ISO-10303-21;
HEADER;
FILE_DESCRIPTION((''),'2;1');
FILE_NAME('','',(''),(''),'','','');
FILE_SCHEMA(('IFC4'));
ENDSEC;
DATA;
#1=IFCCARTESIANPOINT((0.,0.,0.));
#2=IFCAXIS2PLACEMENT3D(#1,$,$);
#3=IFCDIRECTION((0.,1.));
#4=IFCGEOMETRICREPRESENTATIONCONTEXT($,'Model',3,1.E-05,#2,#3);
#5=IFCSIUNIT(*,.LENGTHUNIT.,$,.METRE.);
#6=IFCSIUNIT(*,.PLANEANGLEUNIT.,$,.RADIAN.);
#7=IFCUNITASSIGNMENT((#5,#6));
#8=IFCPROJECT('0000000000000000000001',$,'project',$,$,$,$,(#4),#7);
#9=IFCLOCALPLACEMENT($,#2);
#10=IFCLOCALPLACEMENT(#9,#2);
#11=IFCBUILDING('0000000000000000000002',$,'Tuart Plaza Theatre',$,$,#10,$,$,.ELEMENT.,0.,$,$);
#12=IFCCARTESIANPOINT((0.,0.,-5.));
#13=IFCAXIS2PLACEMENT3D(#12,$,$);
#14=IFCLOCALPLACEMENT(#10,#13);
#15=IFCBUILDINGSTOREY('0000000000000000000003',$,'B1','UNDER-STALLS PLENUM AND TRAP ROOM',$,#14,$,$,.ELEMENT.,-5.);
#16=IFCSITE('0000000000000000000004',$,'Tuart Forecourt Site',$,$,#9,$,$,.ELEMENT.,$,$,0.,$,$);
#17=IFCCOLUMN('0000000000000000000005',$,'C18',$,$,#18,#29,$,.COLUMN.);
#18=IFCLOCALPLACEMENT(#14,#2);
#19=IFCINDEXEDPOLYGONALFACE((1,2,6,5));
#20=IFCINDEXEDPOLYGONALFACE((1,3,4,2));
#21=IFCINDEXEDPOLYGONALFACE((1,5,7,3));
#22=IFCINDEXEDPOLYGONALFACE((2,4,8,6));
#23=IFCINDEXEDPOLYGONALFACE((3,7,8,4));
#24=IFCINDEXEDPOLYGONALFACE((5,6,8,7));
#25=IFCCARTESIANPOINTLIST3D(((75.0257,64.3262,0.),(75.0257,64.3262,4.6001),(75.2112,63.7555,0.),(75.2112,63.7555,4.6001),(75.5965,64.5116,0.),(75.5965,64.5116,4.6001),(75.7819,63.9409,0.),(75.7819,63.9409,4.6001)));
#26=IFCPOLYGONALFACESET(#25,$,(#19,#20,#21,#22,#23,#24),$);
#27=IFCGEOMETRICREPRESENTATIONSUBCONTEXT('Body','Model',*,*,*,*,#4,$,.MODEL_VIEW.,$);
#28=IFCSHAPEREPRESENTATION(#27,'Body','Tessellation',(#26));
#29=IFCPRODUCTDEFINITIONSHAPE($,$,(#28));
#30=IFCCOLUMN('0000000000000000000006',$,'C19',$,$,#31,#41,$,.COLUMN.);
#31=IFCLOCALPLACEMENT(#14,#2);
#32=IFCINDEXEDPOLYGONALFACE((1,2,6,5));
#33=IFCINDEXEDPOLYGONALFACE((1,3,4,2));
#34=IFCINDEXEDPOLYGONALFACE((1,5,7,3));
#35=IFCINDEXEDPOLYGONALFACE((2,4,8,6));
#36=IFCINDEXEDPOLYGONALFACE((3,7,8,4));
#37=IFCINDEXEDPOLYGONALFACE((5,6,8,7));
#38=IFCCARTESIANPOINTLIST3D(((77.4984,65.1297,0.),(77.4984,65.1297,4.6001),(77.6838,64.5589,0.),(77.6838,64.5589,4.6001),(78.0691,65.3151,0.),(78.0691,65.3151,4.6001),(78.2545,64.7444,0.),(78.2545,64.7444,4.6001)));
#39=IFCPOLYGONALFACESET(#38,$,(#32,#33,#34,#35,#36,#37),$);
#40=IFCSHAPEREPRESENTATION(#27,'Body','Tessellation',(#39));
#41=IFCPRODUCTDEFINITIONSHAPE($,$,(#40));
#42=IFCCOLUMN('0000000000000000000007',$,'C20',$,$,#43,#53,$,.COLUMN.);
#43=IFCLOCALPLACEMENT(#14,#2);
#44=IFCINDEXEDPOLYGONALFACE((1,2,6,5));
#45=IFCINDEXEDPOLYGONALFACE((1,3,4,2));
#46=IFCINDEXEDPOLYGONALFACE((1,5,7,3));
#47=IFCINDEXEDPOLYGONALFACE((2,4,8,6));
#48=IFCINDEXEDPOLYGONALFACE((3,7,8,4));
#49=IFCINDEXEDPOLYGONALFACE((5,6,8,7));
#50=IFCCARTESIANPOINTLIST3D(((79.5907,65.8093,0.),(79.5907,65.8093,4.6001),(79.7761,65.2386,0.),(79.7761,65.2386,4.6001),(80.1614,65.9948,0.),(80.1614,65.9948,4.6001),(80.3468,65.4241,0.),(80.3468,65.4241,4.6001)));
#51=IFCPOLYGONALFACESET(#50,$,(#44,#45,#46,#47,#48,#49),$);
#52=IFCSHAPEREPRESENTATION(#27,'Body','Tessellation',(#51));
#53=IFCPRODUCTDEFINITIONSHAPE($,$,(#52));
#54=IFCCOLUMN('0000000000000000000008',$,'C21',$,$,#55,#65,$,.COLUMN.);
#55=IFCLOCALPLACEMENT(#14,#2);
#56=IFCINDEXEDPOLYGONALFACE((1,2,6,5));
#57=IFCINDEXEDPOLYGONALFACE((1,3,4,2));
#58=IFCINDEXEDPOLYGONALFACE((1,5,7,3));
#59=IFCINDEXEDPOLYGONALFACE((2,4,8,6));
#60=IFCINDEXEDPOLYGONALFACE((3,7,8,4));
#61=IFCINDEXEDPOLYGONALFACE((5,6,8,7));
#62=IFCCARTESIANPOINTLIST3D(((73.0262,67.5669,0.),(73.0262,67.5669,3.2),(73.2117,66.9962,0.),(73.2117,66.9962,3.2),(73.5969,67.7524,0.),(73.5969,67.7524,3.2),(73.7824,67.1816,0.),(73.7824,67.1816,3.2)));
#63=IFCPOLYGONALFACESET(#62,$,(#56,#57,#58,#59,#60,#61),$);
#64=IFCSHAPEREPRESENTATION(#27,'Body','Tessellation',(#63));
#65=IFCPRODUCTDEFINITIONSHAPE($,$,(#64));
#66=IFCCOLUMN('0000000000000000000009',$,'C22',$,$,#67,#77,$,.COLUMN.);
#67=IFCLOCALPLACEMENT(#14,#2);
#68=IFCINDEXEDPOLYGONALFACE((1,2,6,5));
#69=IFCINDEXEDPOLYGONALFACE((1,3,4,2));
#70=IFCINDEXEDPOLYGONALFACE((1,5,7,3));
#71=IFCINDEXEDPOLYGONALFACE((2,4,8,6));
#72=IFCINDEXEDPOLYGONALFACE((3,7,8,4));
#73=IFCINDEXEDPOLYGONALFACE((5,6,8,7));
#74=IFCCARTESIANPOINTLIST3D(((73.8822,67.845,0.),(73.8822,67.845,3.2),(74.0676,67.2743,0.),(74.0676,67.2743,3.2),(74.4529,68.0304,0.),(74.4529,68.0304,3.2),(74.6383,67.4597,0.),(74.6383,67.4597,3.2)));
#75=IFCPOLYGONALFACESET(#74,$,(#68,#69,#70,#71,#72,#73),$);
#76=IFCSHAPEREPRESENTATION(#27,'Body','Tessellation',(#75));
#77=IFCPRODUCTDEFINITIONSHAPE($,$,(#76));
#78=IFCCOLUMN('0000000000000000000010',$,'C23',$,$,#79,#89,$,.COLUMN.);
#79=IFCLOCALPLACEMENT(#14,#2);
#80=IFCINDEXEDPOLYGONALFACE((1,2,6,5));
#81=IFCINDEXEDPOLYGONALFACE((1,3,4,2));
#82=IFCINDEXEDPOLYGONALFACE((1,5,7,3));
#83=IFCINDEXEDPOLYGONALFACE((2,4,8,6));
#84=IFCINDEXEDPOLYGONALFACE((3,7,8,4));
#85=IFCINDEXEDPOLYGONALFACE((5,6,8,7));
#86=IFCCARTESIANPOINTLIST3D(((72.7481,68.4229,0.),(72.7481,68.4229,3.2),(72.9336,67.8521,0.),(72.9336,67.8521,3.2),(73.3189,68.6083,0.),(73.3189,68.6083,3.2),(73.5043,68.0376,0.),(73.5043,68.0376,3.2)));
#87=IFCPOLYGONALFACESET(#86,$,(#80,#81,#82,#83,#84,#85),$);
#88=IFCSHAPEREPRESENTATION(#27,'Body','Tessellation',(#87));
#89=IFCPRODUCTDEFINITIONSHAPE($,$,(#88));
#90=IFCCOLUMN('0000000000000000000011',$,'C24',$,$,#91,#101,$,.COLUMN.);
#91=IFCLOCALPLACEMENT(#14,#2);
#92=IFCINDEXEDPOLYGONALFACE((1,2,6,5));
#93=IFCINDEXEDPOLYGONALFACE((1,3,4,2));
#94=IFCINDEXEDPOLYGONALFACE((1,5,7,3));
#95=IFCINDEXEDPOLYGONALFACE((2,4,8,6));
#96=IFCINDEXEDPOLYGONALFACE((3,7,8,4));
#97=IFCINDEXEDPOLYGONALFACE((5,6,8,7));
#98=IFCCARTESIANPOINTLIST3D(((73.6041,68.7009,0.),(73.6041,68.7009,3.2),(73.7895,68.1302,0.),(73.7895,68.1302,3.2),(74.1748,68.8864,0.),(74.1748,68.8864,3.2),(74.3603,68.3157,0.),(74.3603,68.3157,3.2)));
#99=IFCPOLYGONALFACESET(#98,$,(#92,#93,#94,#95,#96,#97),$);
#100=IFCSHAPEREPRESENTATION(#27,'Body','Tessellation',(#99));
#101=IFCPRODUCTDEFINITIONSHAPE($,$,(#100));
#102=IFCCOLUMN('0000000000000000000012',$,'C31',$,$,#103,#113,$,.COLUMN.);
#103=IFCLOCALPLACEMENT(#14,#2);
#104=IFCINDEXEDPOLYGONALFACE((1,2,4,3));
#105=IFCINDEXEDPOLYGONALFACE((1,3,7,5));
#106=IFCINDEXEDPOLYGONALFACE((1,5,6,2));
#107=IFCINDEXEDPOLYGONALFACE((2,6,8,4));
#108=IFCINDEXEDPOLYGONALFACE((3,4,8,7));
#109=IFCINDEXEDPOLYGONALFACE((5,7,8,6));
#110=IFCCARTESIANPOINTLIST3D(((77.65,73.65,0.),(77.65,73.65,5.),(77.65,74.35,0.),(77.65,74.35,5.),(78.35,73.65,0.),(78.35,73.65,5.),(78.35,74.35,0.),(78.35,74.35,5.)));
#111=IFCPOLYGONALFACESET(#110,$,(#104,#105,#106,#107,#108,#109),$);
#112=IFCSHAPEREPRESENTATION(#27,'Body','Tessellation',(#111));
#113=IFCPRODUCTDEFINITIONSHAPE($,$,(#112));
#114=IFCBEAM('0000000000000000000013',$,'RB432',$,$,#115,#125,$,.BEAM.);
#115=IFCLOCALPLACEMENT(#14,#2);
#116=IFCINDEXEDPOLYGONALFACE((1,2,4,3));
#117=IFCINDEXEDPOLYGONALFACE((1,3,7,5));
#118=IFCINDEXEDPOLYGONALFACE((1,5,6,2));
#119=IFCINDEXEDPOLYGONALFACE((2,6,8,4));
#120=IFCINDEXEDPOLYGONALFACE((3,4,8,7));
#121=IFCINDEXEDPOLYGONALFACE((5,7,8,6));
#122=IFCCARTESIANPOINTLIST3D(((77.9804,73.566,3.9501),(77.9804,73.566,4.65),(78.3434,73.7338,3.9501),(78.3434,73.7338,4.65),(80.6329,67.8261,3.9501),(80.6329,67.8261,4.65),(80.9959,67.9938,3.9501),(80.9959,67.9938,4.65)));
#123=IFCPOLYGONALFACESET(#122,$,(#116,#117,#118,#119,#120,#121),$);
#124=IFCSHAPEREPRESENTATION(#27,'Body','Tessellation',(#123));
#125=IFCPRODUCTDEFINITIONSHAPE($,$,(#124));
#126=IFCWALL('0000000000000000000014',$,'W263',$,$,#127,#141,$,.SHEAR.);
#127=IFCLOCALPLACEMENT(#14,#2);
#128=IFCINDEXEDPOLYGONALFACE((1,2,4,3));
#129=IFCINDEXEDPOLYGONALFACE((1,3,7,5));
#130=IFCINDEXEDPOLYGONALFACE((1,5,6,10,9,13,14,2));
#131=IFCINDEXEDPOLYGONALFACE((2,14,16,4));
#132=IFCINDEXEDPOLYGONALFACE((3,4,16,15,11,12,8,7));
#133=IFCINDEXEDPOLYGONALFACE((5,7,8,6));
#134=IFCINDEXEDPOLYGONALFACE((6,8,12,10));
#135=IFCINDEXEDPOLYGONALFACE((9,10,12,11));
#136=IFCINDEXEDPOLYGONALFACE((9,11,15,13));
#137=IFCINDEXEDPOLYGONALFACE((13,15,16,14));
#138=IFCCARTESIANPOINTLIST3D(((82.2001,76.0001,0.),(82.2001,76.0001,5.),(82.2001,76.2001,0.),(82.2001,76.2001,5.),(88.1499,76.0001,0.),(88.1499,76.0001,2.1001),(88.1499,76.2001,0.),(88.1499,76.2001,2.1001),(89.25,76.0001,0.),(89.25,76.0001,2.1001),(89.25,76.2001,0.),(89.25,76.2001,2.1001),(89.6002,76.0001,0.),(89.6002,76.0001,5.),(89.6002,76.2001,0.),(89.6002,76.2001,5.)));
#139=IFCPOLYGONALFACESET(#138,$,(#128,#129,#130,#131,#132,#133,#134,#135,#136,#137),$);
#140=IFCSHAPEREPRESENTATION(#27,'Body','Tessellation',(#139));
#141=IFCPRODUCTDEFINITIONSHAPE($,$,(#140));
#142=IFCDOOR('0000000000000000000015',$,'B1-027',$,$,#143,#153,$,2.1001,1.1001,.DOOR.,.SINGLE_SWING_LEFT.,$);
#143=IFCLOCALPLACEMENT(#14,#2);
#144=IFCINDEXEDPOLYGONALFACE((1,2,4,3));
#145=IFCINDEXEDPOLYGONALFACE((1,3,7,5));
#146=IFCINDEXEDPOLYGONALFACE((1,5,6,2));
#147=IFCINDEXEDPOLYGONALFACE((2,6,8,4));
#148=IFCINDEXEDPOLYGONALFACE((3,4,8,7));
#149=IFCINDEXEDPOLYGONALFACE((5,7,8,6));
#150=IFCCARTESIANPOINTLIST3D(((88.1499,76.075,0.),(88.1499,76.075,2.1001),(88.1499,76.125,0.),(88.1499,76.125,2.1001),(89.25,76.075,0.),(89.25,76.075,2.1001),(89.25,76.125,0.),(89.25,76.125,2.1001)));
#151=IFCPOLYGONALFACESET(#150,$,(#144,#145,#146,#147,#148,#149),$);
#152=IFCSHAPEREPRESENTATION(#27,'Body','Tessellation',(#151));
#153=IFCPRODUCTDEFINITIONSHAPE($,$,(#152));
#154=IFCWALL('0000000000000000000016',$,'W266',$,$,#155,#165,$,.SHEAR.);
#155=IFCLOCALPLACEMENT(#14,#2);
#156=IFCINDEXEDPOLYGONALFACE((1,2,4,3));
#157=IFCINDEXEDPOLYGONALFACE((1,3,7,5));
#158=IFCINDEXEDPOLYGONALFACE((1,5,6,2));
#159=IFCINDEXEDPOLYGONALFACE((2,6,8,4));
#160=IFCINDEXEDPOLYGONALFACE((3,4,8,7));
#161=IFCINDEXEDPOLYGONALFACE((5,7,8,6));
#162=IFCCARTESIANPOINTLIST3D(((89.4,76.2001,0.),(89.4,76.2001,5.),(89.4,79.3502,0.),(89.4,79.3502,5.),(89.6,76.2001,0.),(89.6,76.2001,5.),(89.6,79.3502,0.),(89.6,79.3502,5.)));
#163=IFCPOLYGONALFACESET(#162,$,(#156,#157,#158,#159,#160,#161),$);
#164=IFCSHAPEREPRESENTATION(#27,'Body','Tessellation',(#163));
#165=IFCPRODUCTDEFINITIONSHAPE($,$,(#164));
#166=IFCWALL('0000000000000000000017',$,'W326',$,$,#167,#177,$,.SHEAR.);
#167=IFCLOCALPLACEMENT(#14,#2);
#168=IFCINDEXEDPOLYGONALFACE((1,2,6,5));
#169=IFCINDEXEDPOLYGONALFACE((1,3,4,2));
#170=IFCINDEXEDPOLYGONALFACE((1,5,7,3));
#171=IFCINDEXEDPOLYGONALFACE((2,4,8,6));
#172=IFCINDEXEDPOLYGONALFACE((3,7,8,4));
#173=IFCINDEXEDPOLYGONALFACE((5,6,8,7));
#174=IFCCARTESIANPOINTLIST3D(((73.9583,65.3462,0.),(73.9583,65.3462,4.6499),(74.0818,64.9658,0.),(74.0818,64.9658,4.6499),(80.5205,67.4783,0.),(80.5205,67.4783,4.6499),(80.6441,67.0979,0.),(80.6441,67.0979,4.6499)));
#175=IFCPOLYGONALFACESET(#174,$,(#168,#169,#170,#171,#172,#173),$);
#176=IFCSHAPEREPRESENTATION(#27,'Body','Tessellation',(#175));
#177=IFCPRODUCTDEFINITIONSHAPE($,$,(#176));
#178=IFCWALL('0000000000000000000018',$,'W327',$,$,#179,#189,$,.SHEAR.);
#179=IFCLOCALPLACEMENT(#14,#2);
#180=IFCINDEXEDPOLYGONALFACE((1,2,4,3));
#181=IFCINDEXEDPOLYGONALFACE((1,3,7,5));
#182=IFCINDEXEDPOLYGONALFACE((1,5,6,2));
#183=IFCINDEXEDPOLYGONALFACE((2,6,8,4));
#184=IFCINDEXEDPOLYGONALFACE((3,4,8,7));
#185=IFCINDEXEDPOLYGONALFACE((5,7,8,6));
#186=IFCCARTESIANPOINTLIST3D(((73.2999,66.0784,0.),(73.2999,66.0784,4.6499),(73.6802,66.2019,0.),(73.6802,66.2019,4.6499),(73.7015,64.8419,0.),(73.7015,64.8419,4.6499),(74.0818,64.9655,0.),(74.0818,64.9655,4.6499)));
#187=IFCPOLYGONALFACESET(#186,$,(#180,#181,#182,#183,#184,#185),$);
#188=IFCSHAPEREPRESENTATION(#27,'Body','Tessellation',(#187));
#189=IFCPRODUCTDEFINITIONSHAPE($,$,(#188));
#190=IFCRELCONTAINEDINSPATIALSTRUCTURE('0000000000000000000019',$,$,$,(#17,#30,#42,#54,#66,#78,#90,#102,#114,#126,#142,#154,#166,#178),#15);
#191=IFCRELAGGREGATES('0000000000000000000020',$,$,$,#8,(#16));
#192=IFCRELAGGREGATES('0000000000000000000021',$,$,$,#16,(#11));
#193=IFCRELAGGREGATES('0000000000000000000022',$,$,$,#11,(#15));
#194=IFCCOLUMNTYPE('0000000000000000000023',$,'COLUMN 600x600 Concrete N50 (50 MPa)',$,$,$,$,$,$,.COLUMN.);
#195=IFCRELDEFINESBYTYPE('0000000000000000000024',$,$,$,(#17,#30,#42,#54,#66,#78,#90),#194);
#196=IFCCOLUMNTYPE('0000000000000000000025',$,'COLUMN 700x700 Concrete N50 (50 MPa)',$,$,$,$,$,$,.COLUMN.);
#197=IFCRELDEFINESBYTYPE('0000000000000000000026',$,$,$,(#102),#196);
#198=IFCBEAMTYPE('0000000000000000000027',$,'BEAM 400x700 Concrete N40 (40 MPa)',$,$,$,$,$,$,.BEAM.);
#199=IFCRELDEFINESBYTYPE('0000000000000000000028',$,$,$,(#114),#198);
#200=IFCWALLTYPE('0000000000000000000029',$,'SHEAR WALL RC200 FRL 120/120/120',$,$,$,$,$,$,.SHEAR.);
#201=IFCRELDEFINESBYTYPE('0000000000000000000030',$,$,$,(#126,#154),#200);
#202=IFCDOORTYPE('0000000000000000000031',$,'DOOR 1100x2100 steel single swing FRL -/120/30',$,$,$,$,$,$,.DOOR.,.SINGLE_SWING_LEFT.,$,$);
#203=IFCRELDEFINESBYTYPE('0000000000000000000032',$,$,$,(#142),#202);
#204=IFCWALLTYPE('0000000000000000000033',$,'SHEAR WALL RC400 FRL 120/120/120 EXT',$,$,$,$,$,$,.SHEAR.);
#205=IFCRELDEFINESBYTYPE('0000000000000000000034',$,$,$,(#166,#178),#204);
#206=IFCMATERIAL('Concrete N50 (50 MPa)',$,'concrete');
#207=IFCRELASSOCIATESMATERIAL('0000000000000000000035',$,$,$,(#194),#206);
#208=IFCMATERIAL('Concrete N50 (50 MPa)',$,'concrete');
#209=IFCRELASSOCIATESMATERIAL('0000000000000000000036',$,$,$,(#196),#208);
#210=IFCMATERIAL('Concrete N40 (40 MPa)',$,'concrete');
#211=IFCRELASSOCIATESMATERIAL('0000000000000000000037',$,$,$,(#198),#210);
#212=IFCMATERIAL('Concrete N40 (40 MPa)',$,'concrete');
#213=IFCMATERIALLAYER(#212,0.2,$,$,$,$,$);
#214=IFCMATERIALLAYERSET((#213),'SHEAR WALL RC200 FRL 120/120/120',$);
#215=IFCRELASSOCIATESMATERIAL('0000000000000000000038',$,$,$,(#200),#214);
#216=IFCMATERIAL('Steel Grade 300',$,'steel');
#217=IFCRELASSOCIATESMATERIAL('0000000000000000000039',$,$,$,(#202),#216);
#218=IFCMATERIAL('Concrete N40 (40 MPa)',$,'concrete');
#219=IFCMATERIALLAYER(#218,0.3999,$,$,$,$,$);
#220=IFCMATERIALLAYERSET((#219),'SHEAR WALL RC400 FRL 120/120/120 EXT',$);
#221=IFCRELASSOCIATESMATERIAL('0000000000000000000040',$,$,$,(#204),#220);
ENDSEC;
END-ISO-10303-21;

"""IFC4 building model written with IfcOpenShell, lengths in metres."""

from ifc_helpers import new_model, si_unit, direction, frame, frame_2d, origin, origin_2d, place, context, subcontext, project, spatial, rectangle, extrude, material, layer, layer_set, material_profile, profile_set, type_object, element, fill, save


model = new_model("IFC4")

# Units and contexts
model_context = context("Model", 3, precision=1e-05, world=origin(), true_north=direction((0.0, 1.0)))
body_context = subcontext(model_context, "Body", "Model", "MODEL_VIEW")
ifc_project = project(units=[si_unit("LENGTHUNIT", "METRE"), si_unit("PLANEANGLEUNIT", "RADIAN")], contexts=[model_context])

# Site, building, storey
site_placement = place(None, origin())
site = spatial("IfcSite", under=ifc_project, at=site_placement, Name="Tuart Forecourt Site", CompositionType="ELEMENT", RefElevation=0.0)
building_placement = place(site_placement, origin())
building = spatial("IfcBuilding", under=site, at=building_placement, Name="Tuart Plaza Theatre", CompositionType="ELEMENT", ElevationOfRefHeight=0.0)
storey_placement = place(building_placement, frame((0.0, 0.0, -5.0)))
storey = spatial("IfcBuildingStorey", under=building, at=storey_placement, Name="B1", Description="UNDER-STALLS PLENUM AND TRAP ROOM", CompositionType="ELEMENT", Elevation=-5.0)

# Columns
ifc_material_1 = material(Name="Concrete N50 (50 MPa)", Category="concrete")
ifc_material_profile_1 = material_profile(ifc_material_1, rectangle(XDim=0.6001, YDim=0.6001, at=origin_2d()), Name="COLUMN 600x600 Concrete N50 (50 MPa)")
ifc_profile_set_1 = profile_set([ifc_material_profile_1], Name="Concrete N50 (50 MPa)")
column_type_1 = type_object("IfcColumnType", Name="COLUMN 600x600 Concrete N50 (50 MPa)", PredefinedType="COLUMN", material=ifc_profile_set_1)
for number, where, z_axis, x_axis, name in (
    (1, (75.4038, 64.1335, 0.0), (0.0, 0.0, 1.0), (0.951057, 0.309017, 0.0), "C18"),
    (2, (77.8765, 64.937, 0.0), (0.0, 0.0, 1.0), (0.951057, 0.309017, 0.0), "C19"),
    (3, (79.9688, 65.6167, 0.0), (0.0, 0.0, 1.0), (0.951057, 0.309017, 0.0), "C20"),
):
    element("IfcColumn", number, at=place(storey_placement, frame(where, z_axis=z_axis, x_axis=x_axis)), inside=storey, type_object=column_type_1, Name=name, PredefinedType="COLUMN", context=body_context, shape_type="SweptSolid", body=[
        extrude(rectangle(XDim=0.6001, YDim=0.6001, at=origin_2d()), origin(), (0.0, 0.0, 1.0), 4.6001),
    ])
for number, where, z_axis, x_axis, name in (
    (4, (73.4043, 67.3743, 0.0), (0.0, 0.0, 1.0), (0.951057, 0.309017, 0.0), "C21"),
    (5, (74.2603, 67.6523, 0.0), (0.0, 0.0, 1.0), (0.951057, 0.309017, 0.0), "C22"),
    (6, (73.1262, 68.2302, 0.0), (0.0, 0.0, 1.0), (0.951057, 0.309017, 0.0), "C23"),
    (7, (73.9822, 68.5083, 0.0), (0.0, 0.0, 1.0), (0.951057, 0.309017, 0.0), "C24"),
):
    element("IfcColumn", number, at=place(storey_placement, frame(where, z_axis=z_axis, x_axis=x_axis)), inside=storey, type_object=column_type_1, Name=name, PredefinedType="COLUMN", context=body_context, shape_type="SweptSolid", body=[
        extrude(rectangle(XDim=0.6001, YDim=0.6001, at=origin_2d()), origin(), (0.0, 0.0, 1.0), 3.2),
    ])
ifc_material_2 = material(Name="Concrete N50 (50 MPa)", Category="concrete")
ifc_material_profile_2 = material_profile(ifc_material_2, rectangle(XDim=0.7, YDim=0.7, at=origin_2d()), Name="COLUMN 700x700 Concrete N50 (50 MPa)")
ifc_profile_set_2 = profile_set([ifc_material_profile_2], Name="Concrete N50 (50 MPa)")
column_type_2 = type_object("IfcColumnType", Name="COLUMN 700x700 Concrete N50 (50 MPa)", PredefinedType="COLUMN", material=ifc_profile_set_2)
column_1_placement = place(storey_placement, frame((78.0, 74.0, 0.0), z_axis=(0.0, 0.0, 1.0), x_axis=(1.0, 0.0, 0.0)))
element("IfcColumn", 8, at=column_1_placement, inside=storey, type_object=column_type_2, Name="C31", PredefinedType="COLUMN", context=body_context, shape_type="SweptSolid", body=[
    extrude(rectangle(XDim=0.7, YDim=0.7, at=origin_2d()), origin(), (0.0, 0.0, 1.0), 5.0),
])

# Beam
ifc_material_3 = material(Name="Concrete N40 (40 MPa)", Category="concrete")
ifc_material_profile_3 = material_profile(ifc_material_3, rectangle(XDim=0.3999, YDim=0.7, at=origin_2d()), Name="BEAM 400x700 Concrete N40 (40 MPa)")
ifc_profile_set_3 = profile_set([ifc_material_profile_3], Name="Concrete N40 (40 MPa)")
beam_type = type_object("IfcBeamType", Name="BEAM 400x700 Concrete N40 (40 MPa)", PredefinedType="BEAM", material=ifc_profile_set_3)
beam_placement = place(storey_placement, frame((78.1619, 73.6499, 4.3), z_axis=(0.419496, -0.907757, 0.0), x_axis=(0.907757, 0.419496, 0.0)))
element("IfcBeam", 9, at=beam_placement, inside=storey, type_object=beam_type, Name="RB432", PredefinedType="BEAM", context=body_context, shape_type="SweptSolid", body=[
    extrude(rectangle(XDim=0.3999, YDim=0.7, at=origin_2d()), origin(), (0.0, 0.0, 1.0), 6.3232),
])

# Wall, opening, door
ifc_material_4 = material(Name="Concrete N40 (40 MPa)", Category="concrete")
ifc_layer_1 = layer(ifc_material_4, 0.2)
ifc_layer_set_1 = layer_set([ifc_layer_1], Name="SHEAR WALL RC200 FRL 120/120/120")
wall_type_1 = type_object("IfcWallType", Name="SHEAR WALL RC200 FRL 120/120/120", PredefinedType="SHEAR", material=ifc_layer_set_1)
wall_1_placement = place(storey_placement, frame((82.2, 76.1001, 0.0), z_axis=(0.0, 0.0, 1.0), x_axis=(1.0, 0.0, 0.0)))
wall_1 = element("IfcWall", 10, at=wall_1_placement, inside=storey, type_object=wall_type_1, Name="W263", PredefinedType="SHEAR", context=body_context, shape_type="SweptSolid", body=[
    extrude(rectangle(XDim=7.4001, YDim=0.2, at=frame_2d((3.7002, 0.0))), origin(), (0.0, 0.0, 1.0), 5.0),
])
opening_placement = place(wall_1_placement, frame((5.95, 0.0, 0.0)))
opening = element("IfcOpeningElement", 11, at=opening_placement, cuts=wall_1, PredefinedType="OPENING", context=body_context, shape_type="SweptSolid", body=[
    extrude(rectangle(XDim=1.1001, YDim=2.1001, at=frame_2d((0.55, 1.05))), frame((0.0, 0.1099, 0.0), z_axis=(0.0, -1.0, 0.0), x_axis=(1.0, 0.0, 0.0)), (0.0, 0.0, 1.0), 0.22),
])
ifc_material_5 = material(Name="Steel Grade 300", Category="steel")
door_type = type_object("IfcDoorType", Name="DOOR 1100x2100 steel single swing FRL -/120/30", OperationType="SINGLE_SWING_LEFT", PredefinedType="DOOR", material=ifc_material_5)
door_placement = place(opening_placement, origin())
door = element("IfcDoor", 12, at=door_placement, inside=storey, type_object=door_type, Name="B1-027", OperationType="SINGLE_SWING_LEFT", OverallHeight=2.1001, OverallWidth=1.1001, PredefinedType="DOOR", context=body_context, shape_type="SweptSolid", body=[
    extrude(rectangle(XDim=1.1001, YDim=2.1001, at=frame_2d((0.55, 1.05))), frame((0.0, 0.0249, 0.0), z_axis=(0.0, -1.0, 0.0), x_axis=(1.0, 0.0, 0.0)), (0.0, 0.0, 1.0), 0.05),
])
fill(opening, door)

# Walls
wall_2_placement = place(storey_placement, frame((89.5, 76.2, 0.0), z_axis=(0.0, 0.0, 1.0), x_axis=(0.0, 1.0, 0.0)))
element("IfcWall", 13, at=wall_2_placement, inside=storey, type_object=wall_type_1, Name="W266", PredefinedType="SHEAR", context=body_context, shape_type="SweptSolid", body=[
    extrude(rectangle(XDim=3.1501, YDim=0.2, at=frame_2d((1.5752, 0.0))), origin(), (0.0, 0.0, 1.0), 5.0),
])
ifc_material_6 = material(Name="Concrete N40 (40 MPa)", Category="concrete")
ifc_layer_2 = layer(ifc_material_6, 0.3999)
ifc_layer_set_2 = layer_set([ifc_layer_2], Name="SHEAR WALL RC400 FRL 120/120/120 EXT")
wall_type_2 = type_object("IfcWallType", Name="SHEAR WALL RC400 FRL 120/120/120 EXT", PredefinedType="SHEAR", material=ifc_layer_set_2)
wall_3_placement = place(storey_placement, frame((80.5823, 67.2881, 0.0), z_axis=(0.0, 0.0, 1.0), x_axis=(-0.951062, -0.309, 0.0)))
element("IfcWall", 14, at=wall_3_placement, inside=storey, type_object=wall_type_2, Name="W326", PredefinedType="SHEAR", context=body_context, shape_type="SweptSolid", body=[
    extrude(rectangle(XDim=6.8999, YDim=0.3999, at=frame_2d((3.45, 0.0))), origin(), (0.0, 0.0, 1.0), 4.6499),
])
wall_4_placement = place(storey_placement, frame((73.8916, 64.9038, 0.0), z_axis=(0.0, 0.0, 1.0), x_axis=(-0.308895, 0.951096, 0.0)))
element("IfcWall", 15, at=wall_4_placement, inside=storey, type_object=wall_type_2, Name="W327", PredefinedType="SHEAR", context=body_context, shape_type="SweptSolid", body=[
    extrude(rectangle(XDim=1.3, YDim=0.3999, at=frame_2d((0.6499, 0.0))), origin(), (0.0, 0.0, 1.0), 4.6499),
])

save(model, "model.ifc")
